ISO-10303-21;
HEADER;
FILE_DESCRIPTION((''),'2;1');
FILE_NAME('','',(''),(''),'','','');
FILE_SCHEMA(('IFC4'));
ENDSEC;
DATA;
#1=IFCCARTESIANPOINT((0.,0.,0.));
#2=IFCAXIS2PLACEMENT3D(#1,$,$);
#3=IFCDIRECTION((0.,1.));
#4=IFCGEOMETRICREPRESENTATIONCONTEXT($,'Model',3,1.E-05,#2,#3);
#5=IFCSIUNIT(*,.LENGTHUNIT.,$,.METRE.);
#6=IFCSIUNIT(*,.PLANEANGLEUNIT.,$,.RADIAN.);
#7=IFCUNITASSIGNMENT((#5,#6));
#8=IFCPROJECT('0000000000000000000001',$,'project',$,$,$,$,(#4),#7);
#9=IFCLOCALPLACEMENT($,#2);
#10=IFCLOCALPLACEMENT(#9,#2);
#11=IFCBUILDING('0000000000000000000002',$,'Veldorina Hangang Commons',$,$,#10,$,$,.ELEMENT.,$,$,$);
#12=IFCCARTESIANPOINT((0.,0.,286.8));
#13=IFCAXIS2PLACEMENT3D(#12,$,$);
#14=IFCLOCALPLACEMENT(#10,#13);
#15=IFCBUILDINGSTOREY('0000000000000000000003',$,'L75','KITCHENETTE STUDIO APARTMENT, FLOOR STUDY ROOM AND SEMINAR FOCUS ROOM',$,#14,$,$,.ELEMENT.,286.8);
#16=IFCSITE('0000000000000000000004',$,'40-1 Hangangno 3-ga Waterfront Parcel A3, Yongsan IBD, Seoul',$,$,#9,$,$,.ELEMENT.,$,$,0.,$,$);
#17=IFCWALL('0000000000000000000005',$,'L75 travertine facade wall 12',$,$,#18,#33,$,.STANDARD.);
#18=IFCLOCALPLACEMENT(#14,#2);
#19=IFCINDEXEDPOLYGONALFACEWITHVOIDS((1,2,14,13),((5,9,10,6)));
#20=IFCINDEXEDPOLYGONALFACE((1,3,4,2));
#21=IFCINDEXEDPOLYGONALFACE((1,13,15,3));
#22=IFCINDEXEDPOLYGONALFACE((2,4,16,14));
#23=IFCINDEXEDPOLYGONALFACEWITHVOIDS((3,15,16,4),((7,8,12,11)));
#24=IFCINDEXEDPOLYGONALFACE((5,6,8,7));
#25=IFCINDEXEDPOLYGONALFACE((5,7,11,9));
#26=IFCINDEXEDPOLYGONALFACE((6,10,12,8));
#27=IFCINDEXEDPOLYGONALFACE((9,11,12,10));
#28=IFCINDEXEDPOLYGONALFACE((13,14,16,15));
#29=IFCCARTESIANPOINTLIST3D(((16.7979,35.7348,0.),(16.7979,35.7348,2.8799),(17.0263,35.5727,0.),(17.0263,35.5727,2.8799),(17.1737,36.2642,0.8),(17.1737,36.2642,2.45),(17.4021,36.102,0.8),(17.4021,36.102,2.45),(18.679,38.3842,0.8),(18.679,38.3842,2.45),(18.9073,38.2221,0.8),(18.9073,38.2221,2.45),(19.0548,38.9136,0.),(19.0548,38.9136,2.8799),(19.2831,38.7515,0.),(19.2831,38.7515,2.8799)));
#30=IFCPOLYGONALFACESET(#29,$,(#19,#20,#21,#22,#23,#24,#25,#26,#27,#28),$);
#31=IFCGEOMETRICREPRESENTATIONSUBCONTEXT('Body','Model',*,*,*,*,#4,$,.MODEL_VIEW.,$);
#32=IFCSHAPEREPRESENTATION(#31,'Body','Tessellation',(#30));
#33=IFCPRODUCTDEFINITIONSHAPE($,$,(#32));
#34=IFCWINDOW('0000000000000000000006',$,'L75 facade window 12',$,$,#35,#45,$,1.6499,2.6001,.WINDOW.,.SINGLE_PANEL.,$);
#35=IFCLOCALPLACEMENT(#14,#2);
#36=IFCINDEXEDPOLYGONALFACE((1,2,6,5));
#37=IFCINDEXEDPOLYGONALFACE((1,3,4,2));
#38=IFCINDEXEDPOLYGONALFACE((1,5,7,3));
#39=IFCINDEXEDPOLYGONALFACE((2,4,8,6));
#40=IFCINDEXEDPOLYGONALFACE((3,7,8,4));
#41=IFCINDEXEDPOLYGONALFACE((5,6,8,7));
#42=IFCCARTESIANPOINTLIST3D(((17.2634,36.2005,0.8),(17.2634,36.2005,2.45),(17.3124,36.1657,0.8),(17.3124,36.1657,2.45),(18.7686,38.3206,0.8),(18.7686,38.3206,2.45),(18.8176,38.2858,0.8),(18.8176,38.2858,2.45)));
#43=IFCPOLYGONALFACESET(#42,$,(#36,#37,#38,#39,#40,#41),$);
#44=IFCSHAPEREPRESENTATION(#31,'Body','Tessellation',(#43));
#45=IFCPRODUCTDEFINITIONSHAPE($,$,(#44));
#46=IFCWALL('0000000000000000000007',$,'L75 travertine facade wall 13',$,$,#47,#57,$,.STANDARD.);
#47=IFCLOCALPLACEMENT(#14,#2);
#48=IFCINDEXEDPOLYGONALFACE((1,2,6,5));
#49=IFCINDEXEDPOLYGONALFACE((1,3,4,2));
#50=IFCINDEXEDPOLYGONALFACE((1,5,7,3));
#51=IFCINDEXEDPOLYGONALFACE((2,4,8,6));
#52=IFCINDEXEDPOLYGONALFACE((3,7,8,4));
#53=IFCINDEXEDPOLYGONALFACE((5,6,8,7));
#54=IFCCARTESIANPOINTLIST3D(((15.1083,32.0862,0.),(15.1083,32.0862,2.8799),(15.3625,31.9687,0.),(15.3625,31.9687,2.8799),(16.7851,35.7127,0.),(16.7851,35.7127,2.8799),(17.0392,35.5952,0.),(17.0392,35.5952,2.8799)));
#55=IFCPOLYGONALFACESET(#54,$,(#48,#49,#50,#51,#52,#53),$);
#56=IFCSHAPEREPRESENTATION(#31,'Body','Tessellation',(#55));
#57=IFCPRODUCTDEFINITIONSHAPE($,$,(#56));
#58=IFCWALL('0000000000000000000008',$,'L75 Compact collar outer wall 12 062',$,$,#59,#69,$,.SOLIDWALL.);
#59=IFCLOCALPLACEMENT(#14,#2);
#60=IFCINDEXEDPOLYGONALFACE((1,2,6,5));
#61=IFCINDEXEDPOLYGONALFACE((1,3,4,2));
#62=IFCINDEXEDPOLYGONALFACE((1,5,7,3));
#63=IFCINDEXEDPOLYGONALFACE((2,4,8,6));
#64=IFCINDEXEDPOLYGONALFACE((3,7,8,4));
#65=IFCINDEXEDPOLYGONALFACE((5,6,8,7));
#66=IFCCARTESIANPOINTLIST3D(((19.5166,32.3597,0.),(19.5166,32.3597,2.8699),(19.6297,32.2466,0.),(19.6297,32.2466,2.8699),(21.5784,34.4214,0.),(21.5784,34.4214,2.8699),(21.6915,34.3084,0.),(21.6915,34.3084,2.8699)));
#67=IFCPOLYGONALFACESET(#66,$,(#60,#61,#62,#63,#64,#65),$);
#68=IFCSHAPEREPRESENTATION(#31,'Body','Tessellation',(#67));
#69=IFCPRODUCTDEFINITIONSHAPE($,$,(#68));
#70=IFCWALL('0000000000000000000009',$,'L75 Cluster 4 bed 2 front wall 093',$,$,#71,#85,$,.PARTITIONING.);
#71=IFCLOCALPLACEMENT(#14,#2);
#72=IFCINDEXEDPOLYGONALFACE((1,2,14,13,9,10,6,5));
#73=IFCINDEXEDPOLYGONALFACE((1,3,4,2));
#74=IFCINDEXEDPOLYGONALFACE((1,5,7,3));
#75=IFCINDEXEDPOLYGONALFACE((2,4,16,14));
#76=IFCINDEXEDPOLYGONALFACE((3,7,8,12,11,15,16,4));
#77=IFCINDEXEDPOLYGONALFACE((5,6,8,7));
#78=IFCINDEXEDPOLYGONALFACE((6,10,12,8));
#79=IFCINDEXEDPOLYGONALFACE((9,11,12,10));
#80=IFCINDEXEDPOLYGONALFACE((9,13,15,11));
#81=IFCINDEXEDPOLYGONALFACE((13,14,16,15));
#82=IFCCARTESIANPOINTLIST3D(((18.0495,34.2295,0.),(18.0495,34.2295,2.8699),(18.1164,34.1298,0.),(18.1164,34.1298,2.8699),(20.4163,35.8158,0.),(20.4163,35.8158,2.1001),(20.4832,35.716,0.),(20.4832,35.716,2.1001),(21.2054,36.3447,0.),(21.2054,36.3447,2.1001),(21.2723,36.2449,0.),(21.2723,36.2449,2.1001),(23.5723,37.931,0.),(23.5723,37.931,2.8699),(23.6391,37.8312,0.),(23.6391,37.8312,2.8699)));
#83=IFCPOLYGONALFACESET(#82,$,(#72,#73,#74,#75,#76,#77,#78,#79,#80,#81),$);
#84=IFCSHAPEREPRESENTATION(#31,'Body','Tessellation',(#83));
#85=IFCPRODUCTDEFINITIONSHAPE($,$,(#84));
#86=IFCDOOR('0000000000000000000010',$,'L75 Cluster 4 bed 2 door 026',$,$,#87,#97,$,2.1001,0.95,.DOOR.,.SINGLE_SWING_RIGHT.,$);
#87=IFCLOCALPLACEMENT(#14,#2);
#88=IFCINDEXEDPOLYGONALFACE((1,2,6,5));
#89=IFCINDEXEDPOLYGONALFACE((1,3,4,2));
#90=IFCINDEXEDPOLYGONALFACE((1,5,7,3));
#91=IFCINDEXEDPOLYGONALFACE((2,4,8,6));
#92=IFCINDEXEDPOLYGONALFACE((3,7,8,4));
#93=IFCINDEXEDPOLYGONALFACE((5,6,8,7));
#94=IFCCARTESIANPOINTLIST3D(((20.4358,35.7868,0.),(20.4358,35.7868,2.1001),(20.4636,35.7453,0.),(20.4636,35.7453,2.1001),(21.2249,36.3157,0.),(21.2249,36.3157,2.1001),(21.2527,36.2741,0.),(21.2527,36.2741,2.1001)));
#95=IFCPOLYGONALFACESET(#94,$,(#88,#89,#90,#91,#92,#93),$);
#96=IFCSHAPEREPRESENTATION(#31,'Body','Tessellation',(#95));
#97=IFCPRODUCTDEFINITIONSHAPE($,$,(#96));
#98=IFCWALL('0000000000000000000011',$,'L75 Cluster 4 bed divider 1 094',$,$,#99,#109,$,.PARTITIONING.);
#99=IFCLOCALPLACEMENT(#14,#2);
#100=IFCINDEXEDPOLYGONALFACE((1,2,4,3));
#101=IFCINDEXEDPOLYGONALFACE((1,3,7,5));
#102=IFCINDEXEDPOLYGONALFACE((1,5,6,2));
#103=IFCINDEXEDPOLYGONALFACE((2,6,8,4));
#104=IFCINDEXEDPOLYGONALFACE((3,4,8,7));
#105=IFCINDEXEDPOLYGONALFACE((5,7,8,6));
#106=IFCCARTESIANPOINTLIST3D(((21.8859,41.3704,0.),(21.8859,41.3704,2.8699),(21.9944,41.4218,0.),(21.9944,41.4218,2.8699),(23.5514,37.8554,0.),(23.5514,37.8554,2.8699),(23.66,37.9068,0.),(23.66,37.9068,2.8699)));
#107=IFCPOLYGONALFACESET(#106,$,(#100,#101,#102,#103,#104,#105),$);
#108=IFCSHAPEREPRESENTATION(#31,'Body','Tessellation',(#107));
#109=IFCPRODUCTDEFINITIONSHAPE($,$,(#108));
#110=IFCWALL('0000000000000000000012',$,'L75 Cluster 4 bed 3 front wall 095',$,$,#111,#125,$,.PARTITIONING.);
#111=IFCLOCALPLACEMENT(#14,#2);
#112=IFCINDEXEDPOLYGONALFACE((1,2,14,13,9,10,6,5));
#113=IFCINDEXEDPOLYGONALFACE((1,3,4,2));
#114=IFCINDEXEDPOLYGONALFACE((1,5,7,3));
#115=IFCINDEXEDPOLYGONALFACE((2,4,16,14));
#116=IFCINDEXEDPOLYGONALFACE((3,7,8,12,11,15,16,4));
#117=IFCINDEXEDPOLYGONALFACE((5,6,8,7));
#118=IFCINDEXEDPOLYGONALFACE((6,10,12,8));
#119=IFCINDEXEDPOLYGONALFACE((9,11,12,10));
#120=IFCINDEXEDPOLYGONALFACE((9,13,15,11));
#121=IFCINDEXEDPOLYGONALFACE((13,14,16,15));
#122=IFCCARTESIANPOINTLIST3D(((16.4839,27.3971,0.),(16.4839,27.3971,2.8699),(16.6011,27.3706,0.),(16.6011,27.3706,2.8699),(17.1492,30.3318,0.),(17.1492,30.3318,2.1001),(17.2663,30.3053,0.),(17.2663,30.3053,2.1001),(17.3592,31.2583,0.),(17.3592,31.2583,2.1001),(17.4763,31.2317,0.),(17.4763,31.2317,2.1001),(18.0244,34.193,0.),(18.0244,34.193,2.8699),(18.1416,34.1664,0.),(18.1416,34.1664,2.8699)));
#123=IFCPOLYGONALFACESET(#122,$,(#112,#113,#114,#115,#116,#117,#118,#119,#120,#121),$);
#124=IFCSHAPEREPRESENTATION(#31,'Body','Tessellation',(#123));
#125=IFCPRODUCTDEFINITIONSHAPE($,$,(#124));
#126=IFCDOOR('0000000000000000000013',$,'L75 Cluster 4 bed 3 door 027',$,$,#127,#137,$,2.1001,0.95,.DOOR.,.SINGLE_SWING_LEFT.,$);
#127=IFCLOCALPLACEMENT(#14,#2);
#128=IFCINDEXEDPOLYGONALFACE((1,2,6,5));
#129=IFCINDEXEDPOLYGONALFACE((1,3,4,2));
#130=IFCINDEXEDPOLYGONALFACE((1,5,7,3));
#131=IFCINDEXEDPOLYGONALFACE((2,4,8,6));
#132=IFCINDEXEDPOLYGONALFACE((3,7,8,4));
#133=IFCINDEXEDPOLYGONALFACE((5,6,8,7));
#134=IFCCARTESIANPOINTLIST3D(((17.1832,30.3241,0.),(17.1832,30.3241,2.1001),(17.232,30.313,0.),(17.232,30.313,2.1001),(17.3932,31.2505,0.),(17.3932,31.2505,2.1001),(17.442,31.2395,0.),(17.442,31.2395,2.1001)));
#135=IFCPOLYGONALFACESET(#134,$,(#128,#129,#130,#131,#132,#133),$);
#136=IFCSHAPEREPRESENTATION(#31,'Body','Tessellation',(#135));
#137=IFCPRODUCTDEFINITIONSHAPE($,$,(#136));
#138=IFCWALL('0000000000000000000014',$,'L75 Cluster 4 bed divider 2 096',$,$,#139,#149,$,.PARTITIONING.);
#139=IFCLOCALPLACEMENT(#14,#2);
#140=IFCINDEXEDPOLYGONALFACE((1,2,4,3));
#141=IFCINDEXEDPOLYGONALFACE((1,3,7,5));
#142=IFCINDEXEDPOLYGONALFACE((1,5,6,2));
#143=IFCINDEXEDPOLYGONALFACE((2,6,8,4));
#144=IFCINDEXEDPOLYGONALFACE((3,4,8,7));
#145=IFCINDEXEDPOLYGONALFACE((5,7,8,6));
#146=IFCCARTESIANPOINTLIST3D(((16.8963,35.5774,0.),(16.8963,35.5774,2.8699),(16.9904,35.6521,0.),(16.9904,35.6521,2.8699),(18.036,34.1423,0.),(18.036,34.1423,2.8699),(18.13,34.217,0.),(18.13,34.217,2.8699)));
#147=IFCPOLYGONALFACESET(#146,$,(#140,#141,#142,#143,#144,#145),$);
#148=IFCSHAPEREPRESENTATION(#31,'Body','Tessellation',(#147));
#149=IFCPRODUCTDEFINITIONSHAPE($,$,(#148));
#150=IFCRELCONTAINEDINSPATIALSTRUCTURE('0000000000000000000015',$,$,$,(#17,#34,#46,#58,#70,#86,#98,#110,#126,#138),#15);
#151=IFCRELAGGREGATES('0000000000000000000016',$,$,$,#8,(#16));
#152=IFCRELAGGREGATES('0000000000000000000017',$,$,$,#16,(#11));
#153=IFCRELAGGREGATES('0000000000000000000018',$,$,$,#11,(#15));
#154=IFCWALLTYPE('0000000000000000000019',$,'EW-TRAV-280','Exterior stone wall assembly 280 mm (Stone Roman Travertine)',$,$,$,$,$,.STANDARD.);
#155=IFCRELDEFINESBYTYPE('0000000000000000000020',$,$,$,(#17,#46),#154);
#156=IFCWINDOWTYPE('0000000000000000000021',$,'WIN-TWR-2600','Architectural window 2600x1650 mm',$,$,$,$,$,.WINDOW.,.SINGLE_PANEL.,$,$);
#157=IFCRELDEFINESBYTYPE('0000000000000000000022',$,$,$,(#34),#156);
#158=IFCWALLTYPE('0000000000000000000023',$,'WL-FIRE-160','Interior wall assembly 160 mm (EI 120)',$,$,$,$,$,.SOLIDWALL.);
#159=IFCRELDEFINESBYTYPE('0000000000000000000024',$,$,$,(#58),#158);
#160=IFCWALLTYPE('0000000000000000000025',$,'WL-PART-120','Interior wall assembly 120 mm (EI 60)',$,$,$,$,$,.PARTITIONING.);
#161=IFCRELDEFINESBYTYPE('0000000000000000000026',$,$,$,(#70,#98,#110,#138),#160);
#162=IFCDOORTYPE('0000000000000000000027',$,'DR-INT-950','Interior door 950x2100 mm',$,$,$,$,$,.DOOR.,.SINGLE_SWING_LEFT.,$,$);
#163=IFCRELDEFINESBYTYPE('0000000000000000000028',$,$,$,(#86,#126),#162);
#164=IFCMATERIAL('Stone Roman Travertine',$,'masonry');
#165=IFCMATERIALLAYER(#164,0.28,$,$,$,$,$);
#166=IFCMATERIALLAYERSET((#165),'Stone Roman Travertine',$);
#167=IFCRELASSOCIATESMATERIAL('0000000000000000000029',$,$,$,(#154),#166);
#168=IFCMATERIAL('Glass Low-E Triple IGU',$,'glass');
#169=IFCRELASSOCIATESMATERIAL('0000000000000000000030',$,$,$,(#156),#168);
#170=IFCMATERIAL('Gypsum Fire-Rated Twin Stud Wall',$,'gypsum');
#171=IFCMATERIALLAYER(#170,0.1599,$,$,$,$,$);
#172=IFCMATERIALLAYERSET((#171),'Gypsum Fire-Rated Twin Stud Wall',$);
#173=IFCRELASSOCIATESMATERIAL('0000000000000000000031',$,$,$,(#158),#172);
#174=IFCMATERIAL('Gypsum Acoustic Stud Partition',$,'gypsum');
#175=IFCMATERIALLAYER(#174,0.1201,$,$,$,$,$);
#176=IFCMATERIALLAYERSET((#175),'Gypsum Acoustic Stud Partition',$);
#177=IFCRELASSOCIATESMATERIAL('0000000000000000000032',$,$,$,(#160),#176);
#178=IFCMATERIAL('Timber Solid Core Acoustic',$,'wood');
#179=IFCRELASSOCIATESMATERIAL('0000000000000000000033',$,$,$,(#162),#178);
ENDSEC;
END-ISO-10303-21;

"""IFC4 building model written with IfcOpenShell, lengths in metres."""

from ifc_helpers import new_model, si_unit, direction, frame, frame_2d, origin, place, context, subcontext, project, spatial, rectangle, extrude, material, layer, layer_set, type_object, element, fill, save


model = new_model("IFC4")

# Units and contexts
model_context = context("Model", 3, precision=1e-05, world=origin(), true_north=direction((0.0, 1.0)))
body_context = subcontext(model_context, "Body", "Model", "MODEL_VIEW")
ifc_project = project(units=[si_unit("LENGTHUNIT", "METRE"), si_unit("PLANEANGLEUNIT", "RADIAN")], contexts=[model_context])

# Site, building, storey
site_placement = place(None, origin())
site = spatial("IfcSite", under=ifc_project, at=site_placement, Name="40-1 Hangangno 3-ga Waterfront Parcel A3, Yongsan IBD, Seoul", CompositionType="ELEMENT", RefElevation=0.0)
building_placement = place(site_placement, origin())
building = spatial("IfcBuilding", under=site, at=building_placement, Name="Veldorina Hangang Commons", CompositionType="ELEMENT")
storey_placement = place(building_placement, frame((0.0, 0.0, 286.8)))
storey = spatial("IfcBuildingStorey", under=building, at=storey_placement, Name="L75", Description="KITCHENETTE STUDIO APARTMENT, FLOOR STUDY ROOM AND SEMINAR FOCUS ROOM", CompositionType="ELEMENT", Elevation=286.8)

# Shared definitions
ifc_material_1 = material(Name="Stone Roman Travertine", Category="masonry")
ifc_layer_1 = layer(ifc_material_1, 0.28)
ifc_layer_set_1 = layer_set([ifc_layer_1], Name="Stone Roman Travertine")
wall_type_1 = type_object("IfcWallType", Name="EW-TRAV-280", Description="Exterior stone wall assembly 280 mm (Stone Roman Travertine)", PredefinedType="STANDARD", material=ifc_layer_set_1)

# Wall, opening, window
wall_1_placement = place(storey_placement, frame((19.1689, 38.8325, 0.0), z_axis=(0.0, 0.0, 1.0), x_axis=(-0.578914, -0.815389, 0.0)))
wall_1 = element("IfcWall", 1, at=wall_1_placement, inside=storey, type_object=wall_type_1, Name="L75 travertine facade wall 12", PredefinedType="STANDARD", context=body_context, shape_type="SweptSolid", body=[
    extrude(rectangle(XDim=3.8984, YDim=0.28, at=frame_2d((1.9492, 0.0))), origin(), (0.0, 0.0, 1.0), 2.8799),
])
opening_1_placement = place(wall_1_placement, frame((0.6492, 0.0, 0.8)))
opening_1 = element("IfcOpeningElement", 2, at=opening_1_placement, cuts=wall_1, PredefinedType="OPENING", context=body_context, shape_type="SweptSolid", body=[
    extrude(rectangle(XDim=2.6001, YDim=1.6499, at=frame_2d((1.3, 0.825))), frame((0.0, 0.1499, 0.0), z_axis=(0.0, -1.0, 0.0), x_axis=(1.0, 0.0, 0.0)), (0.0, 0.0, 1.0), 0.3),
])
ifc_material_2 = material(Name="Glass Low-E Triple IGU", Category="glass")
window_type = type_object("IfcWindowType", Name="WIN-TWR-2600", Description="Architectural window 2600x1650 mm", PartitioningType="SINGLE_PANEL", PredefinedType="WINDOW", material=ifc_material_2)
window_placement = place(opening_1_placement, origin())
window = element("IfcWindow", 3, at=window_placement, inside=storey, type_object=window_type, Name="L75 facade window 12", OverallHeight=1.6499, OverallWidth=2.6001, PartitioningType="SINGLE_PANEL", PredefinedType="WINDOW", context=body_context, shape_type="SweptSolid", body=[
    extrude(rectangle(XDim=2.6001, YDim=1.6499, at=frame_2d((1.3, 0.825))), frame((0.0, 0.03, 0.0), z_axis=(0.0, -1.0, 0.0), x_axis=(1.0, 0.0, 0.0)), (0.0, 0.0, 1.0), 0.0601),
])
fill(opening_1, window)

# Walls
wall_2_placement = place(storey_placement, frame((16.9121, 35.6538, 0.0), z_axis=(0.0, 0.0, 1.0), x_axis=(-0.419678, -0.907673, 0.0)))
element("IfcWall", 4, at=wall_2_placement, inside=storey, type_object=wall_type_1, Name="L75 travertine facade wall 13", PredefinedType="STANDARD", context=body_context, shape_type="SweptSolid", body=[
    extrude(rectangle(XDim=3.9954, YDim=0.28, at=frame_2d((1.9976, 0.0))), origin(), (0.0, 0.0, 1.0), 2.8799),
])
ifc_material_3 = material(Name="Gypsum Fire-Rated Twin Stud Wall", Category="gypsum")
ifc_layer_2 = layer(ifc_material_3, 0.1599)
ifc_layer_set_2 = layer_set([ifc_layer_2], Name="Gypsum Fire-Rated Twin Stud Wall")
wall_type_2 = type_object("IfcWallType", Name="WL-FIRE-160", Description="Interior wall assembly 160 mm (EI 120)", PredefinedType="SOLIDWALL", material=ifc_layer_set_2)
wall_3_placement = place(storey_placement, frame((21.635, 34.365, 0.0), z_axis=(0.0, 0.0, 1.0), x_axis=(-0.707107, -0.707107, 0.0)))
element("IfcWall", 5, at=wall_3_placement, inside=storey, type_object=wall_type_2, Name="L75 Compact collar outer wall 12 062", PredefinedType="SOLIDWALL", context=body_context, shape_type="SweptSolid", body=[
    extrude(rectangle(XDim=2.9158, YDim=0.1599, at=frame_2d((1.458, 0.0))), origin(), (0.0, 0.0, 1.0), 2.8699),
])

# Wall, opening, door
ifc_material_4 = material(Name="Gypsum Acoustic Stud Partition", Category="gypsum")
ifc_layer_3 = layer(ifc_material_4, 0.1201)
ifc_layer_set_3 = layer_set([ifc_layer_3], Name="Gypsum Acoustic Stud Partition")
wall_type_3 = type_object("IfcWallType", Name="WL-PART-120", Description="Interior wall assembly 120 mm (EI 60)", PredefinedType="PARTITIONING", material=ifc_layer_set_3)
wall_4_placement = place(storey_placement, frame((23.6057, 37.8811, 0.0), z_axis=(0.0, 0.0, 1.0), x_axis=(-0.830686, -0.556741, 0.0)))
wall_4 = element("IfcWall", 6, at=wall_4_placement, inside=storey, type_object=wall_type_3, Name="L75 Cluster 4 bed 2 front wall 093", PredefinedType="PARTITIONING", context=body_context, shape_type="SweptSolid", body=[
    extrude(rectangle(XDim=6.6484, YDim=0.1201, at=frame_2d((3.3242, 0.0))), origin(), (0.0, 0.0, 1.0), 2.8699),
])
opening_2_placement = place(wall_4_placement, frame((2.8491, 0.0, 0.0)))
opening_2 = element("IfcOpeningElement", 7, at=opening_2_placement, cuts=wall_4, PredefinedType="OPENING", context=body_context, shape_type="SweptSolid", body=[
    extrude(rectangle(XDim=0.95, YDim=2.1001, at=frame_2d((0.4751, 1.05))), frame((0.0, 0.0701, 0.0), z_axis=(0.0, -1.0, 0.0), x_axis=(1.0, 0.0, 0.0)), (0.0, 0.0, 1.0), 0.1401),
])
ifc_material_5 = material(Name="Timber Solid Core Acoustic", Category="wood")
door_type = type_object("IfcDoorType", Name="DR-INT-950", Description="Interior door 950x2100 mm", OperationType="SINGLE_SWING_LEFT", PredefinedType="DOOR", material=ifc_material_5)
door_1_placement = place(opening_2_placement, origin())
door_1 = element("IfcDoor", 8, at=door_1_placement, inside=storey, type_object=door_type, Name="L75 Cluster 4 bed 2 door 026", OperationType="SINGLE_SWING_RIGHT", OverallHeight=2.1001, OverallWidth=0.95, PredefinedType="DOOR", context=body_context, shape_type="SweptSolid", body=[
    extrude(rectangle(XDim=0.95, YDim=2.1001, at=frame_2d((0.4751, 1.05))), frame((0.0, 0.0249, 0.0), z_axis=(0.0, -1.0, 0.0), x_axis=(1.0, 0.0, 0.0)), (0.0, 0.0, 1.0), 0.05),
])
fill(opening_2, door_1)

# Wall
wall_5_placement = place(storey_placement, frame((23.6057, 37.8811, 0.0), z_axis=(0.0, 0.0, 1.0), x_axis=(-0.428208, 0.90368, 0.0)))
element("IfcWall", 9, at=wall_5_placement, inside=storey, type_object=wall_type_3, Name="L75 Cluster 4 bed divider 1 094", PredefinedType="PARTITIONING", context=body_context, shape_type="SweptSolid", body=[
    extrude(rectangle(XDim=3.8896, YDim=0.1201, at=frame_2d((1.9448, 0.0))), origin(), (0.0, 0.0, 1.0), 2.8699),
])

# Wall, opening, door
wall_6_placement = place(storey_placement, frame((18.083, 34.1797, 0.0), z_axis=(0.0, 0.0, 1.0), x_axis=(-0.221076, -0.975257, 0.0)))
wall_6 = element("IfcWall", 10, at=wall_6_placement, inside=storey, type_object=wall_type_3, Name="L75 Cluster 4 bed 3 front wall 095", PredefinedType="PARTITIONING", context=body_context, shape_type="SweptSolid", body=[
    extrude(rectangle(XDim=6.9683, YDim=0.1201, at=frame_2d((3.4841, 0.0))), origin(), (0.0, 0.0, 1.0), 2.8699),
])
opening_3_placement = place(wall_6_placement, frame((3.009, 0.0, 0.0)))
opening_3 = element("IfcOpeningElement", 11, at=opening_3_placement, cuts=wall_6, PredefinedType="OPENING", context=body_context, shape_type="SweptSolid", body=[
    extrude(rectangle(XDim=0.95, YDim=2.1001, at=frame_2d((0.4751, 1.05))), frame((0.0, 0.0701, 0.0), z_axis=(0.0, -1.0, 0.0), x_axis=(1.0, 0.0, 0.0)), (0.0, 0.0, 1.0), 0.1401),
])
door_2_placement = place(opening_3_placement, origin())
door_2 = element("IfcDoor", 12, at=door_2_placement, inside=storey, type_object=door_type, Name="L75 Cluster 4 bed 3 door 027", OperationType="SINGLE_SWING_LEFT", OverallHeight=2.1001, OverallWidth=0.95, PredefinedType="DOOR", context=body_context, shape_type="SweptSolid", body=[
    extrude(rectangle(XDim=0.95, YDim=2.1001, at=frame_2d((0.4751, 1.05))), frame((0.0, 0.0249, 0.0), z_axis=(0.0, -1.0, 0.0), x_axis=(1.0, 0.0, 0.0)), (0.0, 0.0, 1.0), 0.05),
])
fill(opening_3, door_2)

# Wall
wall_7_placement = place(storey_placement, frame((18.083, 34.1797, 0.0), z_axis=(0.0, 0.0, 1.0), x_axis=(-0.621897, 0.783099, 0.0)))
element("IfcWall", 13, at=wall_7_placement, inside=storey, type_object=wall_type_3, Name="L75 Cluster 4 bed divider 2 096", PredefinedType="PARTITIONING", context=body_context, shape_type="SweptSolid", body=[
    extrude(rectangle(XDim=1.8325, YDim=0.1201, at=frame_2d((0.9163, 0.0))), origin(), (0.0, 0.0, 1.0), 2.8699),
])

save(model, "model.ifc")
